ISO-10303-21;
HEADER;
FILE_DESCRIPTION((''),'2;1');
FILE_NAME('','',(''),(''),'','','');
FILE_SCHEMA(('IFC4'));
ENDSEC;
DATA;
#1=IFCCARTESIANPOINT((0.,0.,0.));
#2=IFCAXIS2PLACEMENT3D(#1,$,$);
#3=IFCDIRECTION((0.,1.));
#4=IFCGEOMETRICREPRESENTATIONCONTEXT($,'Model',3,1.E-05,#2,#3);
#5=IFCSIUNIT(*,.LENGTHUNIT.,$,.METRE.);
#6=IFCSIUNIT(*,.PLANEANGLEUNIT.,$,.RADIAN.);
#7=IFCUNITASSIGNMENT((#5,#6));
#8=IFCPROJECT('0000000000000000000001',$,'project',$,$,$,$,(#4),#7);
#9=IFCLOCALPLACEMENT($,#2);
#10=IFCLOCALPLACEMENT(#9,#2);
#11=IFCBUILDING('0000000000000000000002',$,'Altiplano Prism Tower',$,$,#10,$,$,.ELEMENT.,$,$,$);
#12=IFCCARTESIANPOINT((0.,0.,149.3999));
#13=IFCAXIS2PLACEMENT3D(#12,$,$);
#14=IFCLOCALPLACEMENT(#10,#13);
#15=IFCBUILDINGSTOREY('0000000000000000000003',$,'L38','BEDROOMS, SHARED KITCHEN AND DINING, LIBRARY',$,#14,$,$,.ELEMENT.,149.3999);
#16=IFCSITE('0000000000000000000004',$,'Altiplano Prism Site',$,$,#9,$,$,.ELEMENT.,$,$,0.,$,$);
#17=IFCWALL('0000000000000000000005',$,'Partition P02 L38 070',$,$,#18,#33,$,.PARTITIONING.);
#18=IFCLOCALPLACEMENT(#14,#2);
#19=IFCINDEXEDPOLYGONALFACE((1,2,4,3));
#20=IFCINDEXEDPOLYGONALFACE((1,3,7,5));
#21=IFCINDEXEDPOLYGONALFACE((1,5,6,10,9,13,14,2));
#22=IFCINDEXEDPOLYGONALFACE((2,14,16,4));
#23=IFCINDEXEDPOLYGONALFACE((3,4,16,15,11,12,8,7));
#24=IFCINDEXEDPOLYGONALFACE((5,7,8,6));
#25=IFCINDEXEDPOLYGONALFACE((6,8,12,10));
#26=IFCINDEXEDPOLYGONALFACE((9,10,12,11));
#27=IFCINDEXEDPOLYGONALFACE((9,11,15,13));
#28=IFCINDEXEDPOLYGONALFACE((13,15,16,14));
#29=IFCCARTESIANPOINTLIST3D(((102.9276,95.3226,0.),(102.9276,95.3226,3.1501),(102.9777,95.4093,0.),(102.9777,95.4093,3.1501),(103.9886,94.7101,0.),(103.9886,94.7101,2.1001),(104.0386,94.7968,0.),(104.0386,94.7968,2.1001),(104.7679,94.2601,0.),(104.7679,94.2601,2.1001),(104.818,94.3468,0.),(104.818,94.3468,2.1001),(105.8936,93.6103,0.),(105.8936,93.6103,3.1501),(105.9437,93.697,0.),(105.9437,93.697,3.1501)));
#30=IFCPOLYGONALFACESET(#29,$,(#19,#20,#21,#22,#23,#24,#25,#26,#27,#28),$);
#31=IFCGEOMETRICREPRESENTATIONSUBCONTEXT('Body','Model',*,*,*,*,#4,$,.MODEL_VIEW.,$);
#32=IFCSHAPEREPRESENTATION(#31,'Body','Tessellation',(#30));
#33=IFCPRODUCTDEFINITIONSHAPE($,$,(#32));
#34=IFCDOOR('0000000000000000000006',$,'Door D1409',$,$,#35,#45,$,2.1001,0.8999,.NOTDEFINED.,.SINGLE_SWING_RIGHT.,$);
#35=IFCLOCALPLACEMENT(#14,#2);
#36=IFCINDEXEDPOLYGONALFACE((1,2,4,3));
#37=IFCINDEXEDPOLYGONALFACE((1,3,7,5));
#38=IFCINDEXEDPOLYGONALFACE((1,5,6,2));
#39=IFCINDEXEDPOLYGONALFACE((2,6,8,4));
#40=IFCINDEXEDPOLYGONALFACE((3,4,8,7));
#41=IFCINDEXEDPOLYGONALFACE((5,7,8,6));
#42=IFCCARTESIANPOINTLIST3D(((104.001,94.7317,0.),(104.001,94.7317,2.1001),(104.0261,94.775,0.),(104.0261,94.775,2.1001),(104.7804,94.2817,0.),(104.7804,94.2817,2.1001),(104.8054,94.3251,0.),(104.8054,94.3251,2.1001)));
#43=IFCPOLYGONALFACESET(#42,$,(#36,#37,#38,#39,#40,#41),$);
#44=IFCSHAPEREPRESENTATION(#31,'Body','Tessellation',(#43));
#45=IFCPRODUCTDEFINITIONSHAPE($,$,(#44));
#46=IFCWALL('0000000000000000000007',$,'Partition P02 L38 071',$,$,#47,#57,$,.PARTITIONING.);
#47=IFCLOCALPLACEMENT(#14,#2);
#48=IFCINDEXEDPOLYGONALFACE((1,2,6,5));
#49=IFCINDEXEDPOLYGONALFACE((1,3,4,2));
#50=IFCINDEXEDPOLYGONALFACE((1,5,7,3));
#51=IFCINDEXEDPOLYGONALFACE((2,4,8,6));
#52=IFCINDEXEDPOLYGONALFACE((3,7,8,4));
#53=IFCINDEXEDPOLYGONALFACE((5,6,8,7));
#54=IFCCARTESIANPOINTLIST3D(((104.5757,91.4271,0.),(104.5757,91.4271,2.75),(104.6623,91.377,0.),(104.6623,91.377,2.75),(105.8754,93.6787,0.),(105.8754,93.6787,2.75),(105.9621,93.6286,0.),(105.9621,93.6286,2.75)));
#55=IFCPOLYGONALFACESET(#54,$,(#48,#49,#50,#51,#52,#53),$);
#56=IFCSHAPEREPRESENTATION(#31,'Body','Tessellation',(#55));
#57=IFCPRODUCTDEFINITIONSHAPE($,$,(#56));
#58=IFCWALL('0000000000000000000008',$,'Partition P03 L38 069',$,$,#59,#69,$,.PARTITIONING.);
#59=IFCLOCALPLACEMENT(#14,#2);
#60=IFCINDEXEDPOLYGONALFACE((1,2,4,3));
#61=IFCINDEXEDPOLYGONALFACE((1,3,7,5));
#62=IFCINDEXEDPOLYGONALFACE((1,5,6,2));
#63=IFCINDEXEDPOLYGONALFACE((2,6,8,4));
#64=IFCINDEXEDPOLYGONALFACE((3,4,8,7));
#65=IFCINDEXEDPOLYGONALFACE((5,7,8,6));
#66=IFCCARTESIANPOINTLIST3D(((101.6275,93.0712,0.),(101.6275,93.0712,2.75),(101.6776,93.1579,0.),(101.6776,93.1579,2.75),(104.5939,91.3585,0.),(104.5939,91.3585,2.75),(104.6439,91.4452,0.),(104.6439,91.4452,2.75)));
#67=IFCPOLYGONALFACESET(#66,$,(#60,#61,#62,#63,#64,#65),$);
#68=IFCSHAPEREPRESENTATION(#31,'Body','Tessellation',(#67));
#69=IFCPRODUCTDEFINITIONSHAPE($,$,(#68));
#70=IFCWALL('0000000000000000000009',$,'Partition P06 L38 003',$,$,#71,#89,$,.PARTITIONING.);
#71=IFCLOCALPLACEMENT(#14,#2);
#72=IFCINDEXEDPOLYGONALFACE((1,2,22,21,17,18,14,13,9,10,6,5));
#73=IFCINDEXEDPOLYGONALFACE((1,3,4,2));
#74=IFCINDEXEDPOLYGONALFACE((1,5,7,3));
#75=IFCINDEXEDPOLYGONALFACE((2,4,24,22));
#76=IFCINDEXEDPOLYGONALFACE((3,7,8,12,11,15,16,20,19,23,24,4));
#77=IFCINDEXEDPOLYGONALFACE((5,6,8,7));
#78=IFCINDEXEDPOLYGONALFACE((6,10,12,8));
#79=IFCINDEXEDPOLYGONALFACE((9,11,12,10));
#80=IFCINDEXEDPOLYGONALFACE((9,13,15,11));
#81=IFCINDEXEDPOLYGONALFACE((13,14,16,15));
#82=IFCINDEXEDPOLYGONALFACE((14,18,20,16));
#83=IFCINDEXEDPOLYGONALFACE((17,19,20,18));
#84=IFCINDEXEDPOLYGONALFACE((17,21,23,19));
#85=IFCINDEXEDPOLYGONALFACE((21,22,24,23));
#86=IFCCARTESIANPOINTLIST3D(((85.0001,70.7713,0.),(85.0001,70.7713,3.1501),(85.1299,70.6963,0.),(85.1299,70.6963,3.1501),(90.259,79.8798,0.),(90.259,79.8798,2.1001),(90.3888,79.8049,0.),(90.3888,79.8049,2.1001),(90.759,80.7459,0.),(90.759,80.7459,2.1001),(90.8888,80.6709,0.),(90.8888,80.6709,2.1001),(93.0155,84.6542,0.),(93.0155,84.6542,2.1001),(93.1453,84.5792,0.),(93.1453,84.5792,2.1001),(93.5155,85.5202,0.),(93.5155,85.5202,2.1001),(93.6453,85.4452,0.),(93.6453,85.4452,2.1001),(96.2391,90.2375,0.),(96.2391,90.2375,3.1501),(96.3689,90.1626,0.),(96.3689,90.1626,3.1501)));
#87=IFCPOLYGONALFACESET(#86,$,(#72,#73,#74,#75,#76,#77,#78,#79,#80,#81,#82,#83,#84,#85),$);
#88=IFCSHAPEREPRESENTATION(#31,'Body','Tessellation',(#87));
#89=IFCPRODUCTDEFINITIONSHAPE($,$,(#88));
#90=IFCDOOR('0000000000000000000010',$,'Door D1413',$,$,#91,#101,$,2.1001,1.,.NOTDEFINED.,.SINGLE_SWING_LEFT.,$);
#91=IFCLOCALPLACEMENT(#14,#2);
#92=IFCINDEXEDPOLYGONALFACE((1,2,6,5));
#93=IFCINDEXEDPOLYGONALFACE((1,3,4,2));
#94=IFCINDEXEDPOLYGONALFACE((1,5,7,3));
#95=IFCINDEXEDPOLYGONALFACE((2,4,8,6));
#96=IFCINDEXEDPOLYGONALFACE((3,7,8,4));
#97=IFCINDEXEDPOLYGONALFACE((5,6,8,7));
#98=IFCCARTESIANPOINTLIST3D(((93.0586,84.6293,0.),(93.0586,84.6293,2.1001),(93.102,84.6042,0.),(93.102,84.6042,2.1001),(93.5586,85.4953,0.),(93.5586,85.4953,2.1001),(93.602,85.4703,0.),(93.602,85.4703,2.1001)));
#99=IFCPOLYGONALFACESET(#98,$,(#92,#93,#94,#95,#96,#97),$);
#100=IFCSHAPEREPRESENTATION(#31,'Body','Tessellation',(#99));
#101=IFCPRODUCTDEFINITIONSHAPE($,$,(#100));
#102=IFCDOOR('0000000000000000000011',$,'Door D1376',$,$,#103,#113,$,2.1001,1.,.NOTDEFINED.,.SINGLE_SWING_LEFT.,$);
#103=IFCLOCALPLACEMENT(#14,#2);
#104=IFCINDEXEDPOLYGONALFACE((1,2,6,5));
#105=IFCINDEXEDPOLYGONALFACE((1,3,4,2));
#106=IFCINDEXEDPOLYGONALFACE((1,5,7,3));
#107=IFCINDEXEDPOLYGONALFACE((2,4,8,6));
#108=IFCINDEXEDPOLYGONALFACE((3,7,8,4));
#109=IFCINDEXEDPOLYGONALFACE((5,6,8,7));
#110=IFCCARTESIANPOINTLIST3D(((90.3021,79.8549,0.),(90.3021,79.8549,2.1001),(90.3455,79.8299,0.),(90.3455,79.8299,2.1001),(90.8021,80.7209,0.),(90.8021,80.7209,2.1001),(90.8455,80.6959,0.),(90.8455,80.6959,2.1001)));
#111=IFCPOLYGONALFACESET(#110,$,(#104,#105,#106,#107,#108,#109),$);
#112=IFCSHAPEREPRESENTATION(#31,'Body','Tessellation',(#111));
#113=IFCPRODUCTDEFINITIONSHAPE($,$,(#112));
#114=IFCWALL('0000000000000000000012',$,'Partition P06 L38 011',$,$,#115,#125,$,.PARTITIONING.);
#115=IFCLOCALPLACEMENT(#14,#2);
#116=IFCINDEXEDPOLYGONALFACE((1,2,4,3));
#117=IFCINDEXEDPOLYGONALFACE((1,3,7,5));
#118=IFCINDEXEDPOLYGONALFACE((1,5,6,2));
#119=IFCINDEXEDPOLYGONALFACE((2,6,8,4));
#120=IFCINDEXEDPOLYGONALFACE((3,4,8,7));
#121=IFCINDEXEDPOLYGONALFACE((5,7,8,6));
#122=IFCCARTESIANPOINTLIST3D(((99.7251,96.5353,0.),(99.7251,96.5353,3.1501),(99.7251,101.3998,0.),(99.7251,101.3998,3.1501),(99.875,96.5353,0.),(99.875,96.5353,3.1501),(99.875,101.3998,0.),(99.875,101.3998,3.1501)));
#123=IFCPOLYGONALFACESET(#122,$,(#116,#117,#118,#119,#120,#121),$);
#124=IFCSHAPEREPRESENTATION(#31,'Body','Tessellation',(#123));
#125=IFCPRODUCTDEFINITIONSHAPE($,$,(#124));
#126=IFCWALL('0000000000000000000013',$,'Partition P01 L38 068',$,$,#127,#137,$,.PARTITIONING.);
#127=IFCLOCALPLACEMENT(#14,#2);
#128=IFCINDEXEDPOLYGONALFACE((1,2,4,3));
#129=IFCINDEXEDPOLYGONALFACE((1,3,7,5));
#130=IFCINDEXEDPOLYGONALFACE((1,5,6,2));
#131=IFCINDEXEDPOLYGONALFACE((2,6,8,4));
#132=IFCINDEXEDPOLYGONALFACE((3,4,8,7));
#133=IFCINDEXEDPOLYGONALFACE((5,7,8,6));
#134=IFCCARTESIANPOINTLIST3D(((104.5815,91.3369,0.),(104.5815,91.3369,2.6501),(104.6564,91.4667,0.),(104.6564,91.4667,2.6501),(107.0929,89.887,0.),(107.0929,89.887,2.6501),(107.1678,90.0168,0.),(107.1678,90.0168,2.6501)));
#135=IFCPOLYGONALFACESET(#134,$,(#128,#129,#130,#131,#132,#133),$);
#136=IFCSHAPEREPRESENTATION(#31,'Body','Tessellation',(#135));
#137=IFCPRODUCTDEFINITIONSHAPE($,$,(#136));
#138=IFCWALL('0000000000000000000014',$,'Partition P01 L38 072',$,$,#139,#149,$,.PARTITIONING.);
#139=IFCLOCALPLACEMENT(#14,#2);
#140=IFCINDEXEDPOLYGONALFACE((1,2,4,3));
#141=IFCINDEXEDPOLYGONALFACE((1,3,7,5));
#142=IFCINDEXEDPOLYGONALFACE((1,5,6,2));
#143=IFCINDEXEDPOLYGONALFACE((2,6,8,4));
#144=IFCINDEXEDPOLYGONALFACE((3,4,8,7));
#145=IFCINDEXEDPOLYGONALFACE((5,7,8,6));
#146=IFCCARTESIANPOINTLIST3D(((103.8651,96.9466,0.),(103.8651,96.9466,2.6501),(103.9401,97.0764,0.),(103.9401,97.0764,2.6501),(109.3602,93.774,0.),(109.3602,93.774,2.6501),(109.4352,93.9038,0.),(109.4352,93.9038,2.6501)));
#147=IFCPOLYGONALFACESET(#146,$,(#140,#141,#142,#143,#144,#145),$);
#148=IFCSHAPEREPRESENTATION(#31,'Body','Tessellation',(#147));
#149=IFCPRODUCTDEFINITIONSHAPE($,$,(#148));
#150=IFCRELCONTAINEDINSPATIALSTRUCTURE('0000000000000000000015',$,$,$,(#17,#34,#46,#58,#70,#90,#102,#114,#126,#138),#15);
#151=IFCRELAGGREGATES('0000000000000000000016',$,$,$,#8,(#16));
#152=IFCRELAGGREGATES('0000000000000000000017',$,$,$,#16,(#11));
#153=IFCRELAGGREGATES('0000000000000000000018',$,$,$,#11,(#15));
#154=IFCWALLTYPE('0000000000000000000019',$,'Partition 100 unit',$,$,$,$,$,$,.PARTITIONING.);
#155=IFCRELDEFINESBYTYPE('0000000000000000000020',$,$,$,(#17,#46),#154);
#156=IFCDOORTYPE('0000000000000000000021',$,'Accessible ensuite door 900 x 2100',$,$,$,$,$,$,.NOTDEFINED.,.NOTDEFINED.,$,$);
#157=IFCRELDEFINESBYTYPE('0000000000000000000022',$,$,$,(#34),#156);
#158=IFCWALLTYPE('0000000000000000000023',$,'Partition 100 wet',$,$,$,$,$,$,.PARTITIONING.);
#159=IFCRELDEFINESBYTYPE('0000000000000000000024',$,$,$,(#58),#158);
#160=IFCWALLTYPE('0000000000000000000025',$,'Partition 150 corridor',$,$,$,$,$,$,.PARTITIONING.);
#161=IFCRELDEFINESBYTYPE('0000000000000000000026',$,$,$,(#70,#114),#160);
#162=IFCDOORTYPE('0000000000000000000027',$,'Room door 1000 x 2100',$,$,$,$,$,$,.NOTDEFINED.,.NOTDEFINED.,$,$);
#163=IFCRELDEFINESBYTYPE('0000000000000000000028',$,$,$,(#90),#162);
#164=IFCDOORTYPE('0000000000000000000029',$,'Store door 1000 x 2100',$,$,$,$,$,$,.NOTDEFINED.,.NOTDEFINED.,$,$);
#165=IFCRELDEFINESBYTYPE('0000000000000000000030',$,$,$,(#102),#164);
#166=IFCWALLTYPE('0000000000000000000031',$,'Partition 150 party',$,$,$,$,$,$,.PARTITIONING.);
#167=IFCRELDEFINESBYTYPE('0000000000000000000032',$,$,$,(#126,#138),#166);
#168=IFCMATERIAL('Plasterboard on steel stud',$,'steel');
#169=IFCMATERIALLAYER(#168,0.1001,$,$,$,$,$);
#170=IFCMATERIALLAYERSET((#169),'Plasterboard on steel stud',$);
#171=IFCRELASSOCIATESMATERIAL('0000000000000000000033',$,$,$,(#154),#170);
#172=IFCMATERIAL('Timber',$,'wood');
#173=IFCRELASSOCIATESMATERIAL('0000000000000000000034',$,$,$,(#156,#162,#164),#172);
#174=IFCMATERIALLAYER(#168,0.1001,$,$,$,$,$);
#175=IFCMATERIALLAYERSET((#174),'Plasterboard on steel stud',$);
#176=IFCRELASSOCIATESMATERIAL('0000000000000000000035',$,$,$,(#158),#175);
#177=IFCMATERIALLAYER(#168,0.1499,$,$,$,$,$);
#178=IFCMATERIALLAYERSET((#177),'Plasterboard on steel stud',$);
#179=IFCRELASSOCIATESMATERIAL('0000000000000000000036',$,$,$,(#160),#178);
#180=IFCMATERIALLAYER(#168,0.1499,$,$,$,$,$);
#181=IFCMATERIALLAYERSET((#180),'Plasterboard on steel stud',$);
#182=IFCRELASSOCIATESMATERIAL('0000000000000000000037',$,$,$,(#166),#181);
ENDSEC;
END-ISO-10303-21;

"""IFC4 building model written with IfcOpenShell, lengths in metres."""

from ifc_helpers import new_model, si_unit, direction, frame, frame_2d, origin, place, context, subcontext, project, spatial, rectangle, extrude, material, layer, layer_set, type_object, element, fill, save


model = new_model("IFC4")

# Units and contexts
model_context = context("Model", 3, precision=1e-05, world=origin(), true_north=direction((0.0, 1.0)))
body_context = subcontext(model_context, "Body", "Model", "MODEL_VIEW")
ifc_project = project(units=[si_unit("LENGTHUNIT", "METRE"), si_unit("PLANEANGLEUNIT", "RADIAN")], contexts=[model_context])

# Site, building, storey
site_placement = place(None, origin())
site = spatial("IfcSite", under=ifc_project, at=site_placement, Name="Altiplano Prism Site", CompositionType="ELEMENT", RefElevation=0.0)
building_placement = place(site_placement, origin())
building = spatial("IfcBuilding", under=site, at=building_placement, Name="Altiplano Prism Tower", CompositionType="ELEMENT")
storey_placement = place(building_placement, frame((0.0, 0.0, 149.3999)))
storey = spatial("IfcBuildingStorey", under=building, at=storey_placement, Name="L38", Description="BEDROOMS, SHARED KITCHEN AND DINING, LIBRARY", CompositionType="ELEMENT", Elevation=149.3999)

# Shared definitions
ifc_material_1 = material(Name="Plasterboard on steel stud", Category="steel")
ifc_layer_1 = layer(ifc_material_1, 0.1001)
ifc_layer_set_1 = layer_set([ifc_layer_1], Name="Plasterboard on steel stud")
wall_type_1 = type_object("IfcWallType", Name="Partition 100 unit", PredefinedType="PARTITIONING", material=ifc_layer_set_1)

# Wall, opening, door
wall_1_placement = place(storey_placement, frame((102.9526, 95.366, 0.0), z_axis=(0.0, 0.0, 1.0), x_axis=(0.866032, -0.499988, 0.0)))
wall_1 = element("IfcWall", 1, at=wall_1_placement, inside=storey, type_object=wall_type_1, Name="Partition P02 L38 070", PredefinedType="PARTITIONING", context=body_context, shape_type="SweptSolid", body=[
    extrude(rectangle(XDim=3.4248, YDim=0.1001, at=frame_2d((1.7124, 0.0))), origin(), (0.0, 0.0, 1.0), 3.1501),
])
opening_1_placement = place(wall_1_placement, frame((1.2251, 0.0, 0.0)))
opening_1 = element("IfcOpeningElement", 2, at=opening_1_placement, cuts=wall_1, PredefinedType="OPENING", context=body_context, shape_type="SweptSolid", body=[
    extrude(rectangle(XDim=0.8999, YDim=2.1001, at=frame_2d((0.45, 1.05))), frame((0.0, 0.0605, 0.0), z_axis=(0.0, -1.0, 0.0), x_axis=(1.0, 0.0, 0.0)), (0.0, 0.0, 1.0), 0.1211),
])
ifc_material_2 = material(Name="Timber", Category="wood")
door_type_1 = type_object("IfcDoorType", Name="Accessible ensuite door 900 x 2100", OperationType="NOTDEFINED", PredefinedType="NOTDEFINED", material=ifc_material_2)
door_1_placement = place(opening_1_placement, origin())
door_1 = element("IfcDoor", 3, at=door_1_placement, inside=storey, type_object=door_type_1, Name="Door D1409", OperationType="SINGLE_SWING_RIGHT", OverallHeight=2.1001, OverallWidth=0.8999, PredefinedType="NOTDEFINED", context=body_context, shape_type="SweptSolid", body=[
    extrude(rectangle(XDim=0.8999, YDim=2.1001, at=frame_2d((0.45, 1.05))), frame((0.0, 0.0249, 0.0), z_axis=(0.0, -1.0, 0.0), x_axis=(1.0, 0.0, 0.0)), (0.0, 0.0, 1.0), 0.05),
])
fill(opening_1, door_1)

# Walls
wall_2_placement = place(storey_placement, frame((105.9187, 93.6536, 0.0), z_axis=(0.0, 0.0, 1.0), x_axis=(-0.499937, -0.866062, 0.0)))
element("IfcWall", 4, at=wall_2_placement, inside=storey, type_object=wall_type_1, Name="Partition P02 L38 071", PredefinedType="PARTITIONING", context=body_context, shape_type="SweptSolid", body=[
    extrude(rectangle(XDim=2.5999, YDim=0.1001, at=frame_2d((1.2998, 0.0))), origin(), (0.0, 0.0, 1.0), 2.75),
])
ifc_layer_2 = layer(ifc_material_1, 0.1001)
ifc_layer_set_2 = layer_set([ifc_layer_2], Name="Plasterboard on steel stud")
wall_type_2 = type_object("IfcWallType", Name="Partition 100 wet", PredefinedType="PARTITIONING", material=ifc_layer_set_2)
wall_3_placement = place(storey_placement, frame((104.6189, 91.4019, 0.0), z_axis=(0.0, 0.0, 1.0), x_axis=(-0.866019, 0.50001, 0.0)))
element("IfcWall", 5, at=wall_3_placement, inside=storey, type_object=wall_type_2, Name="Partition P03 L38 069", PredefinedType="PARTITIONING", context=body_context, shape_type="SweptSolid", body=[
    extrude(rectangle(XDim=3.4253, YDim=0.1001, at=frame_2d((1.7126, 0.0))), origin(), (0.0, 0.0, 1.0), 2.75),
])

# Wall, openings, doors
ifc_layer_3 = layer(ifc_material_1, 0.1499)
ifc_layer_set_3 = layer_set([ifc_layer_3], Name="Plasterboard on steel stud")
wall_type_3 = type_object("IfcWallType", Name="Partition 150 corridor", PredefinedType="PARTITIONING", material=ifc_layer_set_3)
wall_4_placement = place(storey_placement, frame((96.304, 90.2, 0.0), z_axis=(0.0, 0.0, 1.0), x_axis=(-0.500005, -0.866023, 0.0)))
wall_4 = element("IfcWall", 6, at=wall_4_placement, inside=storey, type_object=wall_type_3, Name="Partition P06 L38 003", PredefinedType="PARTITIONING", context=body_context, shape_type="SweptSolid", body=[
    extrude(rectangle(XDim=22.4778, YDim=0.1499, at=frame_2d((11.2388, 0.0))), origin(), (0.0, 0.0, 1.0), 3.1501),
])
opening_2_placement = place(wall_4_placement, frame((10.96, 0.0, 0.0)))
opening_2 = element("IfcOpeningElement", 7, at=opening_2_placement, cuts=wall_4, PredefinedType="OPENING", context=body_context, shape_type="SweptSolid", body=[
    extrude(rectangle(XDim=1.0, YDim=2.1001, at=frame_2d((0.5, 1.05))), frame((0.0, 0.0854, 0.0), z_axis=(0.0, -1.0, 0.0), x_axis=(1.0, 0.0, 0.0)), (0.0, 0.0, 1.0), 0.1709),
])
opening_3_placement = place(wall_4_placement, frame((5.447, 0.0, 0.0)))
opening_3 = element("IfcOpeningElement", 8, at=opening_3_placement, cuts=wall_4, PredefinedType="OPENING", context=body_context, shape_type="SweptSolid", body=[
    extrude(rectangle(XDim=1.0, YDim=2.1001, at=frame_2d((0.5, 1.05))), frame((0.0, 0.0854, 0.0), z_axis=(0.0, -1.0, 0.0), x_axis=(1.0, 0.0, 0.0)), (0.0, 0.0, 1.0), 0.1709),
])
door_type_2 = type_object("IfcDoorType", Name="Room door 1000 x 2100", OperationType="NOTDEFINED", PredefinedType="NOTDEFINED", material=ifc_material_2)
door_2_placement = place(opening_3_placement, origin())
door_2 = element("IfcDoor", 9, at=door_2_placement, inside=storey, type_object=door_type_2, Name="Door D1413", OperationType="SINGLE_SWING_LEFT", OverallHeight=2.1001, OverallWidth=1.0, PredefinedType="NOTDEFINED", context=body_context, shape_type="SweptSolid", body=[
    extrude(rectangle(XDim=1.0, YDim=2.1001, at=frame_2d((0.5, 1.05))), frame((0.0, 0.0249, 0.0), z_axis=(0.0, -1.0, 0.0), x_axis=(1.0, 0.0, 0.0)), (0.0, 0.0, 1.0), 0.05),
])
fill(opening_3, door_2)
door_type_3 = type_object("IfcDoorType", Name="Store door 1000 x 2100", OperationType="NOTDEFINED", PredefinedType="NOTDEFINED", material=ifc_material_2)
door_3_placement = place(opening_2_placement, origin())
door_3 = element("IfcDoor", 10, at=door_3_placement, inside=storey, type_object=door_type_3, Name="Door D1376", OperationType="SINGLE_SWING_LEFT", OverallHeight=2.1001, OverallWidth=1.0, PredefinedType="NOTDEFINED", context=body_context, shape_type="SweptSolid", body=[
    extrude(rectangle(XDim=1.0, YDim=2.1001, at=frame_2d((0.5, 1.05))), frame((0.0, 0.0249, 0.0), z_axis=(0.0, -1.0, 0.0), x_axis=(1.0, 0.0, 0.0)), (0.0, 0.0, 1.0), 0.05),
])
fill(opening_2, door_3)

# Walls
wall_5_placement = place(storey_placement, frame((99.8, 96.5354, 0.0), z_axis=(0.0, 0.0, 1.0), x_axis=(0.0, 1.0, 0.0)))
element("IfcWall", 11, at=wall_5_placement, inside=storey, type_object=wall_type_3, Name="Partition P06 L38 011", PredefinedType="PARTITIONING", context=body_context, shape_type="SweptSolid", body=[
    extrude(rectangle(XDim=4.8645, YDim=0.1499, at=frame_2d((2.4321, 0.0))), origin(), (0.0, 0.0, 1.0), 3.1501),
])
ifc_layer_4 = layer(ifc_material_1, 0.1499)
ifc_layer_set_4 = layer_set([ifc_layer_4], Name="Plasterboard on steel stud")
wall_type_4 = type_object("IfcWallType", Name="Partition 150 party", PredefinedType="PARTITIONING", material=ifc_layer_set_4)
wall_6_placement = place(storey_placement, frame((107.1304, 89.9519, 0.0), z_axis=(0.0, 0.0, 1.0), x_axis=(-0.866033, 0.499987, 0.0)))
element("IfcWall", 12, at=wall_6_placement, inside=storey, type_object=wall_type_4, Name="Partition P01 L38 068", PredefinedType="PARTITIONING", context=body_context, shape_type="SweptSolid", body=[
    extrude(rectangle(XDim=2.8999, YDim=0.1499, at=frame_2d((1.45, 0.0))), origin(), (0.0, 0.0, 1.0), 2.6501),
])
wall_7_placement = place(storey_placement, frame((109.3977, 93.8389, 0.0), z_axis=(0.0, 0.0, 1.0), x_axis=(-0.866025, 0.5, 0.0)))
element("IfcWall", 13, at=wall_7_placement, inside=storey, type_object=wall_type_4, Name="Partition P01 L38 072", PredefinedType="PARTITIONING", context=body_context, shape_type="SweptSolid", body=[
    extrude(rectangle(XDim=6.3452, YDim=0.1499, at=frame_2d((3.1726, 0.0))), origin(), (0.0, 0.0, 1.0), 2.6501),
])

save(model, "model.ifc")
